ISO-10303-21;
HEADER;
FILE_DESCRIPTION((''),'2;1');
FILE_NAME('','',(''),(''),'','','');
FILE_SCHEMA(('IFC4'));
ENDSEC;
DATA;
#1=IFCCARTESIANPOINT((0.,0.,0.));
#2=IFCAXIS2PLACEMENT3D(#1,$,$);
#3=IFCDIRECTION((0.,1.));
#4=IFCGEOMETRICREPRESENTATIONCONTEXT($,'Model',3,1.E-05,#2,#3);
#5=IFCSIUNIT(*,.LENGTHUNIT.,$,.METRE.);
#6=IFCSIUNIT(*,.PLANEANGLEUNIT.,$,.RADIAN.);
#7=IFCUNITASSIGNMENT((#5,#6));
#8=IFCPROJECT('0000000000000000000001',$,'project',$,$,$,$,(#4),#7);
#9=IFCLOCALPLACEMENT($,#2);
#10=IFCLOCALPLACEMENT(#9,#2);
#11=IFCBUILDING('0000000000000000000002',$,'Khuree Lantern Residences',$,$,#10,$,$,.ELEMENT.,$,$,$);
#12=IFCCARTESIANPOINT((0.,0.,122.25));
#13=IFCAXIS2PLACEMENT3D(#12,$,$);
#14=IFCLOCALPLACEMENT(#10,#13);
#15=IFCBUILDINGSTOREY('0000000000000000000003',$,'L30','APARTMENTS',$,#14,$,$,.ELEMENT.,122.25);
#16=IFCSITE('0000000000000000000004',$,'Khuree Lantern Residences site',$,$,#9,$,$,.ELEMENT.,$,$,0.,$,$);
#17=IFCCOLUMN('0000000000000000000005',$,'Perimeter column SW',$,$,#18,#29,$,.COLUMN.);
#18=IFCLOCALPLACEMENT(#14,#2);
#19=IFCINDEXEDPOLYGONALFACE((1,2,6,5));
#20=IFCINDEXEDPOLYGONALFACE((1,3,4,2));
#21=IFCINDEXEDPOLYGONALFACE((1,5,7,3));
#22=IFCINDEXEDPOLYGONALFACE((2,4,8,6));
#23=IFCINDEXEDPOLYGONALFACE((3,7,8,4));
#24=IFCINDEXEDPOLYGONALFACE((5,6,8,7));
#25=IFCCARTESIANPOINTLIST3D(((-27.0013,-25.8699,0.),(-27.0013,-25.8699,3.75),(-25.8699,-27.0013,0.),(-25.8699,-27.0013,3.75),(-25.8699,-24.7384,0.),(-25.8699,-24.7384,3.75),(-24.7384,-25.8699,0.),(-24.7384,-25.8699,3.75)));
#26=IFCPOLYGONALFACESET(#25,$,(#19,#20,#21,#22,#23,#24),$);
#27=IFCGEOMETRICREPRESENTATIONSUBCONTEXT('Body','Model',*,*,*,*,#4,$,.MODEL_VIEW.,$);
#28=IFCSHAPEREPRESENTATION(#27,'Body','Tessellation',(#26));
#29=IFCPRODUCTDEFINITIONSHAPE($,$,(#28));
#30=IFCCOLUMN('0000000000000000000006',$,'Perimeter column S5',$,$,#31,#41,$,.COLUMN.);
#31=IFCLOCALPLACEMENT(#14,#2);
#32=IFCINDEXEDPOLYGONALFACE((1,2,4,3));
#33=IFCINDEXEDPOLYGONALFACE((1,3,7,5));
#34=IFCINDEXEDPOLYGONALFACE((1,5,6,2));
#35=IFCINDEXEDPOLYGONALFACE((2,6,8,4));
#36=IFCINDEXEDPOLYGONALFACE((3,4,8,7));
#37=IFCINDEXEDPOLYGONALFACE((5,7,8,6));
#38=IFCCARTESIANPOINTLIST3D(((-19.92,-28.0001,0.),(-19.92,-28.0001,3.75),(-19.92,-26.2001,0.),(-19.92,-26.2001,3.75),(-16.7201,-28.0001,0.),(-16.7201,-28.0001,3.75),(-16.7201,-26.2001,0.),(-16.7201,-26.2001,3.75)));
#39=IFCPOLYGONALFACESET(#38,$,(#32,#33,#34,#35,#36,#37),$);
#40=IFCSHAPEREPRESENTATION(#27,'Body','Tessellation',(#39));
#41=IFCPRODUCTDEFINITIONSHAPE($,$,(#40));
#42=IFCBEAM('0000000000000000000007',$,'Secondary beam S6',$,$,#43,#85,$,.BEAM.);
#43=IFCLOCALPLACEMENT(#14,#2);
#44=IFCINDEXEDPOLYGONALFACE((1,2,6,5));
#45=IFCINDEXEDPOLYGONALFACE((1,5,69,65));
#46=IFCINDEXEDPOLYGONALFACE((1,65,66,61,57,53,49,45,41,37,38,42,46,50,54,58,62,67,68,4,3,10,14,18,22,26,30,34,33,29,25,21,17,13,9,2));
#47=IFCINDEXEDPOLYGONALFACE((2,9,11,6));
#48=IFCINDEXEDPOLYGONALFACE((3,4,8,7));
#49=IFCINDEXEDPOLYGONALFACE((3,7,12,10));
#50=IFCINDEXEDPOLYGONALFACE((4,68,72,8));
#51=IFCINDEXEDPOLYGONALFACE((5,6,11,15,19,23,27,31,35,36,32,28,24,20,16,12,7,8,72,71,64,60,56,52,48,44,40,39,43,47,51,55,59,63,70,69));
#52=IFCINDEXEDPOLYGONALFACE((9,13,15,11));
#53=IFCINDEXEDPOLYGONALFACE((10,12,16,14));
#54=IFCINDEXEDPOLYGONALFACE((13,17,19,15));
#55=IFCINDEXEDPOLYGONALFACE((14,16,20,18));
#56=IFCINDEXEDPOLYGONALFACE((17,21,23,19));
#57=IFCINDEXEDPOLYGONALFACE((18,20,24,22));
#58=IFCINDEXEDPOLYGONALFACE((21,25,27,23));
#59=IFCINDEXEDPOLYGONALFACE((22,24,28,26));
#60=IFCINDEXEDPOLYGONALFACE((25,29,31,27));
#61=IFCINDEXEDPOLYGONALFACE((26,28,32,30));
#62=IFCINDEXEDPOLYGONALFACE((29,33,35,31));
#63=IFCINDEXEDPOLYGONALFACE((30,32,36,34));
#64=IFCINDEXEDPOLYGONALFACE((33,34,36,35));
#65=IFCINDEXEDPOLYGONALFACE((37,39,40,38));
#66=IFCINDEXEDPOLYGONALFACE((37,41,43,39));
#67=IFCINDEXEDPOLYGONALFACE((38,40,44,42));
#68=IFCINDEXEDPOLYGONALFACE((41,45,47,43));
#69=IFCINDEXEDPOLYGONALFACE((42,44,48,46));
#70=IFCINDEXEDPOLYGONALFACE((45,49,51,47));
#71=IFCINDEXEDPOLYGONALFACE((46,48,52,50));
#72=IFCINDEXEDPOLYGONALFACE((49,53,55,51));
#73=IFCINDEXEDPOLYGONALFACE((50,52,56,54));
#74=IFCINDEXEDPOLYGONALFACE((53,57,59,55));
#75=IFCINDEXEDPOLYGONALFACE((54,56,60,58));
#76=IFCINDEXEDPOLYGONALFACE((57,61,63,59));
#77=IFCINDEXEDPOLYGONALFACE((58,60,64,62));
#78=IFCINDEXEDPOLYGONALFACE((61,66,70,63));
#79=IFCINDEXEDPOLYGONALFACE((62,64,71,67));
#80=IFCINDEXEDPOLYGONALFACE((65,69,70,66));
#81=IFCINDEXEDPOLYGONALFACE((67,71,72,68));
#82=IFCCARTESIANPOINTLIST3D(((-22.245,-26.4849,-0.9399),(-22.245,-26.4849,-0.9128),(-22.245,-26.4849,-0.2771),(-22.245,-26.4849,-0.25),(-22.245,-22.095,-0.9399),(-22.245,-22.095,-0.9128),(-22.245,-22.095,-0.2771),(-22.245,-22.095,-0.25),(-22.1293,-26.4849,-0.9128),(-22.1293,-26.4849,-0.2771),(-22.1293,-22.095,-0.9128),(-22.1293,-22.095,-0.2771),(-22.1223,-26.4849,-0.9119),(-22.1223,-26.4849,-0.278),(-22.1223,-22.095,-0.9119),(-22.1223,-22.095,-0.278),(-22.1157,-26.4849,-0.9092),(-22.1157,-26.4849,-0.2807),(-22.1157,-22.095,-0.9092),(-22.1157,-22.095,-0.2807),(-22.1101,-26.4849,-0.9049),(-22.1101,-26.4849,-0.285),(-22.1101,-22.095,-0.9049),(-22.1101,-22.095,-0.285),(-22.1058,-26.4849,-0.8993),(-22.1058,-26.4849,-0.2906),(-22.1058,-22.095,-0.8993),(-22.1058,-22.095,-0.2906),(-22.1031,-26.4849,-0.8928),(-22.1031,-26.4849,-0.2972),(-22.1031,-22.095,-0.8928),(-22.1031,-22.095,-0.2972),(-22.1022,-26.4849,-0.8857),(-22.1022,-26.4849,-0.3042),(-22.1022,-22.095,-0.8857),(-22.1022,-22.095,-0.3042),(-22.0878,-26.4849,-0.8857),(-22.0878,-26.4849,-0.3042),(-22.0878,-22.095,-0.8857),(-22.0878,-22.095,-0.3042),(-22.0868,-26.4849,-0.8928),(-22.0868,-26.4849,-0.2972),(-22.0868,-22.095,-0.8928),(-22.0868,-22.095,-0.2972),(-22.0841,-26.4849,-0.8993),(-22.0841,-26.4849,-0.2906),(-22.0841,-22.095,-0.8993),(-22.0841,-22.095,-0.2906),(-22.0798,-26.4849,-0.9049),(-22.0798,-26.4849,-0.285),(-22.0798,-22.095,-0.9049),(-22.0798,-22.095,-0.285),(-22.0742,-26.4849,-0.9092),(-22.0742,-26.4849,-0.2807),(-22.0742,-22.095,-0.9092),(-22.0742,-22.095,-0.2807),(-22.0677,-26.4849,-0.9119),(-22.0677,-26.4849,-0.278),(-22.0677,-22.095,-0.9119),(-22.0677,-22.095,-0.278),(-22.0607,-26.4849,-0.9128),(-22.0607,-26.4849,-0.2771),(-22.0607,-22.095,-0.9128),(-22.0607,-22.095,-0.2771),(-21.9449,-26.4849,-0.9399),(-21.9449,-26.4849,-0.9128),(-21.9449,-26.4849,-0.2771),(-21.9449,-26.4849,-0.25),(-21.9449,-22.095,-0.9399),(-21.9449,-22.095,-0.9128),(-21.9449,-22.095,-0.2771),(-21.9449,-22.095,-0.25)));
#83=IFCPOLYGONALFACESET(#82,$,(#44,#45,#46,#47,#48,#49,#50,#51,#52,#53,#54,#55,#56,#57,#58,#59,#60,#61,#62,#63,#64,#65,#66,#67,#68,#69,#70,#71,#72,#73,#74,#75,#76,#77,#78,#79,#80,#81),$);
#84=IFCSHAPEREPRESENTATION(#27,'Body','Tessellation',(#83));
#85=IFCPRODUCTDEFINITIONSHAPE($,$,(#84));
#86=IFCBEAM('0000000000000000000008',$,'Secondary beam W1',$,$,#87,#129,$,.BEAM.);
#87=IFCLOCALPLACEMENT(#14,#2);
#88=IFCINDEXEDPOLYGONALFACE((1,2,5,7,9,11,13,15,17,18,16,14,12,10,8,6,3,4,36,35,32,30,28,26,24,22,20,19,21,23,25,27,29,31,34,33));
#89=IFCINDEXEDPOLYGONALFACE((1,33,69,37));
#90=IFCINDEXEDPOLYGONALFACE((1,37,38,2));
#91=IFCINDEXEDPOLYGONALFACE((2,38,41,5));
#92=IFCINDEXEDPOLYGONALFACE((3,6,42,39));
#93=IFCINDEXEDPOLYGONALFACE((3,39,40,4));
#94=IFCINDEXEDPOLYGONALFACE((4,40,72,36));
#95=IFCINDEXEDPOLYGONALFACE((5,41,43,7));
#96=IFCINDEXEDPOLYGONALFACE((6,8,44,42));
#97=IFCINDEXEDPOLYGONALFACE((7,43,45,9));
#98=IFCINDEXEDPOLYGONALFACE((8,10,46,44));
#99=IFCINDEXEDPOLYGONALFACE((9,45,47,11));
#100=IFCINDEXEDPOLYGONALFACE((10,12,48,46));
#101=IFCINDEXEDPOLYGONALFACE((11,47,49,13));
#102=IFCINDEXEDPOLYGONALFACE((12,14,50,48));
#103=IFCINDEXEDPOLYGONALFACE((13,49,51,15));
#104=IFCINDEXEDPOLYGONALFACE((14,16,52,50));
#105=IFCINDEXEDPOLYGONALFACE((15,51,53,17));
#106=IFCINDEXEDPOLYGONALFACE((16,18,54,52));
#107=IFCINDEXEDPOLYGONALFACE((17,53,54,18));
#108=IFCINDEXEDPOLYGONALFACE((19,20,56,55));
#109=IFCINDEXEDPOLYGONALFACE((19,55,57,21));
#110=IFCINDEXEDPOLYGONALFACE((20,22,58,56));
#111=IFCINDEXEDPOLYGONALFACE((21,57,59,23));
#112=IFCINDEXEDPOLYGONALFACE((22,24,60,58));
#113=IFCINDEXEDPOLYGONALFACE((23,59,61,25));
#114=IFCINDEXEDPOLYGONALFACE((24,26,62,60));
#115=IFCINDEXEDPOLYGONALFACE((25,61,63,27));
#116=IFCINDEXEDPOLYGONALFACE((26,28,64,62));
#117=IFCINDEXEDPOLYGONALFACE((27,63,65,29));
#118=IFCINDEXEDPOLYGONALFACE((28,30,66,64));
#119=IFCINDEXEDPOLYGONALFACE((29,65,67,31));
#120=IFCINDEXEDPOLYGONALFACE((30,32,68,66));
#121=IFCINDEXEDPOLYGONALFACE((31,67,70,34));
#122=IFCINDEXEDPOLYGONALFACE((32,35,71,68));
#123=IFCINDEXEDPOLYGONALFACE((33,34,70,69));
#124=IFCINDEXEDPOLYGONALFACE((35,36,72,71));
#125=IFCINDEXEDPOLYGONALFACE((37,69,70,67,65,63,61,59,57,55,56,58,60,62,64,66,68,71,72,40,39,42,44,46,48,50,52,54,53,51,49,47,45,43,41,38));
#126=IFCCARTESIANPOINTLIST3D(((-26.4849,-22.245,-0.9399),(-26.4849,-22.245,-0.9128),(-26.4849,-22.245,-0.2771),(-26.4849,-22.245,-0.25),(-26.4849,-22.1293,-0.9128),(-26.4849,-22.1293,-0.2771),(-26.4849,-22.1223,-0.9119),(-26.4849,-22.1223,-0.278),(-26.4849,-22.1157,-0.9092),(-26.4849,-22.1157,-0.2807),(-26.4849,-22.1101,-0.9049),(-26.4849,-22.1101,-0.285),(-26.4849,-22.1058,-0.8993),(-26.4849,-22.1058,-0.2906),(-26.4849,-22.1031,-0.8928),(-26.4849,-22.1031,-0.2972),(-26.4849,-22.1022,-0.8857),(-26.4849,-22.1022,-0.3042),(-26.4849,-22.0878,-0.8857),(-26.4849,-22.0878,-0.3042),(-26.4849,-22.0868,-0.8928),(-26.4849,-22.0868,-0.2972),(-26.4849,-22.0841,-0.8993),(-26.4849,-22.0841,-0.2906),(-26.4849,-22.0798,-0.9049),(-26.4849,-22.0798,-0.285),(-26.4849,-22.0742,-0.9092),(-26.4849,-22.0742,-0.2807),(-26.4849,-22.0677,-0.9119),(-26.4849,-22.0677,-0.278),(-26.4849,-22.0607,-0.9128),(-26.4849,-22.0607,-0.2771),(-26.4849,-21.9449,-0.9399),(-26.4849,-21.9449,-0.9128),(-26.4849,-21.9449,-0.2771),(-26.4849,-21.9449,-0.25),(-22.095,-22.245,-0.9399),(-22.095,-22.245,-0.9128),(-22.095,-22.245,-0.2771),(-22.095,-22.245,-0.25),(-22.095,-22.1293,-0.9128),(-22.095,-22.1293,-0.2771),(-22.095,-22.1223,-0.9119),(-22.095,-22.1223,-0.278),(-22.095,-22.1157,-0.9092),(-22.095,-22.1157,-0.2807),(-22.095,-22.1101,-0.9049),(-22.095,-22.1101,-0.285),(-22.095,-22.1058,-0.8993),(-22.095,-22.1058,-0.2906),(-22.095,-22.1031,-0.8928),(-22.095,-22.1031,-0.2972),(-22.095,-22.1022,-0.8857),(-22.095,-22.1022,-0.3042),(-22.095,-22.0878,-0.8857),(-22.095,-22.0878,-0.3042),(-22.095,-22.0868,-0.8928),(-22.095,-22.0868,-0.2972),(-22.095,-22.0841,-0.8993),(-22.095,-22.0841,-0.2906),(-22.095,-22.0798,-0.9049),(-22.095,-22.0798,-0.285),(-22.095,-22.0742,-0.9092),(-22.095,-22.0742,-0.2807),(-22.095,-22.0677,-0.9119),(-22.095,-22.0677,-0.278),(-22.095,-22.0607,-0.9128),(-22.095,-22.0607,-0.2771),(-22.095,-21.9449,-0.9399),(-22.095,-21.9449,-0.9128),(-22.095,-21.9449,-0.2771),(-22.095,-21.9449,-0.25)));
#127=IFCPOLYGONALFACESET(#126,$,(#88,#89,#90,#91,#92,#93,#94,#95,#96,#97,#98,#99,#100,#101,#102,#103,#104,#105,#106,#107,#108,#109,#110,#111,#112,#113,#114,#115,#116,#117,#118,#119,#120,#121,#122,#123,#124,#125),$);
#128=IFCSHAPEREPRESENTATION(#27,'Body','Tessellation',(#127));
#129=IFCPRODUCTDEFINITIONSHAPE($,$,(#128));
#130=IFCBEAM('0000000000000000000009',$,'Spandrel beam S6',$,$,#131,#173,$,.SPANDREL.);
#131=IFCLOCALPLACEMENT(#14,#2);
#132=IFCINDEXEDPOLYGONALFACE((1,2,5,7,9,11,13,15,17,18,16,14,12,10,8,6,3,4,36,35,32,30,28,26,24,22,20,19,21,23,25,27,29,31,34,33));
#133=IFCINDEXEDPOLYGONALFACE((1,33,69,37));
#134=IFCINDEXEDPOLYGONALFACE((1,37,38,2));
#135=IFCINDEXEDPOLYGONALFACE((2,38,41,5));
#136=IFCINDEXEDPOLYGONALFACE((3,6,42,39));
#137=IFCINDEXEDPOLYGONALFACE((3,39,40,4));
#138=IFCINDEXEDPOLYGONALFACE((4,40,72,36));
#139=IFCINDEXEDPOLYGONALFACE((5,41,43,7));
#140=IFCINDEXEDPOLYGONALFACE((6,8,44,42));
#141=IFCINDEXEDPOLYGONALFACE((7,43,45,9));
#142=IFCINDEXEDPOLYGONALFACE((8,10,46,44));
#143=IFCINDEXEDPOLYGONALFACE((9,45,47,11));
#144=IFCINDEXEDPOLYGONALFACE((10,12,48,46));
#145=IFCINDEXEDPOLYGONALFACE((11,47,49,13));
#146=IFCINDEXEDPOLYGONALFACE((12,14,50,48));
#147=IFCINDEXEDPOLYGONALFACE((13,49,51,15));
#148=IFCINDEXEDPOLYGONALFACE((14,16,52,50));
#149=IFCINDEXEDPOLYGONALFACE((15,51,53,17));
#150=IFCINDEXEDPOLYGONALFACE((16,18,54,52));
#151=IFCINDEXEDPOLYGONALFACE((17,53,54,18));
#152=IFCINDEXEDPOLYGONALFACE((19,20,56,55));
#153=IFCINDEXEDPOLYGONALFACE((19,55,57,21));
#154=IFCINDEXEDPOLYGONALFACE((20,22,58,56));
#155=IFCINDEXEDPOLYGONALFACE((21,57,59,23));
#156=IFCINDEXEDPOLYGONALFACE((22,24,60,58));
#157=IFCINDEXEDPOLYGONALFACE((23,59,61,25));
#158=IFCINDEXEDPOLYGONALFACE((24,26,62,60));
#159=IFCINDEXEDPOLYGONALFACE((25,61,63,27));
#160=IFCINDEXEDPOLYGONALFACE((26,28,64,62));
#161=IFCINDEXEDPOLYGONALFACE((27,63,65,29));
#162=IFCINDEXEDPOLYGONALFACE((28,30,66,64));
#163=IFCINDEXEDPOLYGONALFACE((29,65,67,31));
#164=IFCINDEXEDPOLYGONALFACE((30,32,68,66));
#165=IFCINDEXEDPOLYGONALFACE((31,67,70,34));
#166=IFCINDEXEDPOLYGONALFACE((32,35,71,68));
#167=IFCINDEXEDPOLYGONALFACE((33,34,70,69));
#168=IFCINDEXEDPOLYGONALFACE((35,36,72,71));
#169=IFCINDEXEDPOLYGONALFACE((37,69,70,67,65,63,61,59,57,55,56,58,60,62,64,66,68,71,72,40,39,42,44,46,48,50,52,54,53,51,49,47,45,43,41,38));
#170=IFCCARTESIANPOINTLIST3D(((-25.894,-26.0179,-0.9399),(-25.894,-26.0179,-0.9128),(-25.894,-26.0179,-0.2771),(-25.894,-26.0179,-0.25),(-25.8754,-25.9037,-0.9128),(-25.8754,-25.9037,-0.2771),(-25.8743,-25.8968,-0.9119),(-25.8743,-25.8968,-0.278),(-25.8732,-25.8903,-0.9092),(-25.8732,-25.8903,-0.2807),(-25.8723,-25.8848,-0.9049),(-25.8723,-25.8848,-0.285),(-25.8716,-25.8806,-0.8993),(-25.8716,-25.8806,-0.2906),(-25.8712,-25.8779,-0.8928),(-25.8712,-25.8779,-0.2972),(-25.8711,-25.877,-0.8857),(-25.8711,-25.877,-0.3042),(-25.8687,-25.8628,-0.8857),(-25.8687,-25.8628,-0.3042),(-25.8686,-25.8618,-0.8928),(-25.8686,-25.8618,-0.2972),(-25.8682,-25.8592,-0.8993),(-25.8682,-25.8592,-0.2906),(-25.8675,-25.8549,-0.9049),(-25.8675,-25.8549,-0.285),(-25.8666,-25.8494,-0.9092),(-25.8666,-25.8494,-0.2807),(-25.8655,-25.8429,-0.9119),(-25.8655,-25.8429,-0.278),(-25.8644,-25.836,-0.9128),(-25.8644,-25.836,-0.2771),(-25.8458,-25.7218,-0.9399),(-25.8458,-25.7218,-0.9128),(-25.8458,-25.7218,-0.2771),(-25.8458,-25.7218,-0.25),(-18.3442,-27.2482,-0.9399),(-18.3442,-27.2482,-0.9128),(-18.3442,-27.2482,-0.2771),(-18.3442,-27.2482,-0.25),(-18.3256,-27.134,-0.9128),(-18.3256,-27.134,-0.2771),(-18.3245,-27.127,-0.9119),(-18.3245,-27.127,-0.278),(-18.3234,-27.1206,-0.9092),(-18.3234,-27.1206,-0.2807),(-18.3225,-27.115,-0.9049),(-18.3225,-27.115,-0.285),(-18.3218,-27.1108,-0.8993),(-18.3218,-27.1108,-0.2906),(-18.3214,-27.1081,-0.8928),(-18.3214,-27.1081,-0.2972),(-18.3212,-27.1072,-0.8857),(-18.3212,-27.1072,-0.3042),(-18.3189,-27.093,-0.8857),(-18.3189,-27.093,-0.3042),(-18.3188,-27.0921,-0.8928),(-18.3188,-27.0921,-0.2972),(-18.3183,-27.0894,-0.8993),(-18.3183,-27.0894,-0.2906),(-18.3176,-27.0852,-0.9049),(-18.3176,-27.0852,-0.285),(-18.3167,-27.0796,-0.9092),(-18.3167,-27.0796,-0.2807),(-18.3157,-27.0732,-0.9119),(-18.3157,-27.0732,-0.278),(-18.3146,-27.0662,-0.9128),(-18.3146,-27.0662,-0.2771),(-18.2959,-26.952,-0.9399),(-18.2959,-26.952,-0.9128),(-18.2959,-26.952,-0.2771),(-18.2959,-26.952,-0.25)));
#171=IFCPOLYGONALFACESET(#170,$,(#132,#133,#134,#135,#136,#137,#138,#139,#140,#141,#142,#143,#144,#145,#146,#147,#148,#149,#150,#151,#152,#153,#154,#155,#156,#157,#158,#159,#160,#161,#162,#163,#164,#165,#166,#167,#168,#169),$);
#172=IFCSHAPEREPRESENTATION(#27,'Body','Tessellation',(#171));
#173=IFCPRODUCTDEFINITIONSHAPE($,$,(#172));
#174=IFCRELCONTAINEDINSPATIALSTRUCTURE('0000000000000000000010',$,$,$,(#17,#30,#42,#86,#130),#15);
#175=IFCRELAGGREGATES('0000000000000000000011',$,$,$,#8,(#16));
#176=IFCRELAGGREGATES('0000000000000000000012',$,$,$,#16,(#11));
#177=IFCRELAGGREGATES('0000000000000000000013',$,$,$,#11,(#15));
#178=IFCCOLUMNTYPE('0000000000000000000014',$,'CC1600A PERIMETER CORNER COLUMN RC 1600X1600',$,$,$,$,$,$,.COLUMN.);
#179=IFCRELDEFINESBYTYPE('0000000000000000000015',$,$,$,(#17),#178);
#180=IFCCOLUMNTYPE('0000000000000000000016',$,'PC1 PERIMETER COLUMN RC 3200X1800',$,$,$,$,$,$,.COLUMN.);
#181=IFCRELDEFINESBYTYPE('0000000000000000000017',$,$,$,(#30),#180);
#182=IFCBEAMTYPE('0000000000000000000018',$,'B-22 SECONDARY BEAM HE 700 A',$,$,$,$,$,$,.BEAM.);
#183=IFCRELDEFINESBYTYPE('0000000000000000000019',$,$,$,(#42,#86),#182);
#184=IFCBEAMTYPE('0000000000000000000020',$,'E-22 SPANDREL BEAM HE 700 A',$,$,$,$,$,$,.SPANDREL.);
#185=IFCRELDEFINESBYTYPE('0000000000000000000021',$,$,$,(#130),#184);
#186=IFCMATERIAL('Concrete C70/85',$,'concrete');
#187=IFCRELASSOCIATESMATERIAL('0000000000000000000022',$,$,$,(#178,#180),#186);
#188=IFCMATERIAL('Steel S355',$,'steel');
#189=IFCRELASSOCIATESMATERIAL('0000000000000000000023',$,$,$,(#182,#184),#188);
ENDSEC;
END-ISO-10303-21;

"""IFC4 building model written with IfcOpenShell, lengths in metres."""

from ifc_helpers import new_model, si_unit, direction, frame, origin, origin_2d, place, context, subcontext, project, spatial, rectangle, i_section, extrude, material, material_profile, profile_set, type_object, element, save


model = new_model("IFC4")

# Units and contexts
model_context = context("Model", 3, precision=1e-05, world=origin(), true_north=direction((0.0, 1.0)))
body_context = subcontext(model_context, "Body", "Model", "MODEL_VIEW")
ifc_project = project(units=[si_unit("LENGTHUNIT", "METRE"), si_unit("PLANEANGLEUNIT", "RADIAN")], contexts=[model_context])

# Site, building, storey
site_placement = place(None, origin())
site = spatial("IfcSite", under=ifc_project, at=site_placement, Name="Khuree Lantern Residences site", CompositionType="ELEMENT", RefElevation=0.0)
building_placement = place(site_placement, origin())
building = spatial("IfcBuilding", under=site, at=building_placement, Name="Khuree Lantern Residences", CompositionType="ELEMENT")
storey_placement = place(building_placement, frame((0.0, 0.0, 122.25)))
storey = spatial("IfcBuildingStorey", under=building, at=storey_placement, Name="L30", Description="APARTMENTS", CompositionType="ELEMENT", Elevation=122.25)

# Columns
ifc_material_1 = material(Name="Concrete C70/85", Category="concrete")
ifc_material_profile_1 = material_profile(ifc_material_1, rectangle(XDim=1.6001, YDim=1.6001, at=origin_2d()), Name="RC 1600X1600")
ifc_profile_set_1 = profile_set([ifc_material_profile_1], Name="Concrete C70/85")
column_type_1 = type_object("IfcColumnType", Name="CC1600A PERIMETER CORNER COLUMN RC 1600X1600", PredefinedType="COLUMN", material=ifc_profile_set_1)
column_1_placement = place(storey_placement, frame((-25.8699, -25.8699, 0.0), z_axis=(0.0, 0.0, 1.0), x_axis=(0.707107, -0.707107, 0.0)))
element("IfcColumn", 1, at=column_1_placement, inside=storey, type_object=column_type_1, Name="Perimeter column SW", PredefinedType="COLUMN", context=body_context, shape_type="SweptSolid", body=[
    extrude(rectangle(XDim=1.6001, YDim=1.6001, at=origin_2d()), origin(), (0.0, 0.0, 1.0), 3.75),
])
ifc_material_profile_2 = material_profile(ifc_material_1, rectangle(XDim=3.2, YDim=1.8, at=origin_2d()), Name="RC 3200X1800")
ifc_profile_set_2 = profile_set([ifc_material_profile_2], Name="Concrete C70/85")
column_type_2 = type_object("IfcColumnType", Name="PC1 PERIMETER COLUMN RC 3200X1800", PredefinedType="COLUMN", material=ifc_profile_set_2)
column_2_placement = place(storey_placement, frame((-18.3201, -27.1001, 0.0), z_axis=(0.0, 0.0, 1.0), x_axis=(1.0, 0.0, 0.0)))
element("IfcColumn", 2, at=column_2_placement, inside=storey, type_object=column_type_2, Name="Perimeter column S5", PredefinedType="COLUMN", context=body_context, shape_type="SweptSolid", body=[
    extrude(rectangle(XDim=3.2, YDim=1.8, at=origin_2d()), origin(), (0.0, 0.0, 1.0), 3.75),
])

# Beams
ifc_material_2 = material(Name="Steel S355", Category="steel")
ifc_material_profile_3 = material_profile(ifc_material_2, i_section(OverallWidth=0.3, OverallDepth=0.6899, WebThickness=0.0144, FlangeThickness=0.0271, FilletRadius=0.0271, at=origin_2d()), Name="HE 700 A")
ifc_profile_set_3 = profile_set([ifc_material_profile_3], Name="Steel S355")
beam_type_1 = type_object("IfcBeamType", Name="B-22 SECONDARY BEAM HE 700 A", PredefinedType="BEAM", material=ifc_profile_set_3)
for number, where, z_axis, x_axis, name in (
    (3, (-22.095, -26.4849, -0.595), (0.0, 1.0, 0.0), (-1.0, 0.0, 0.0), "Secondary beam S6"),
    (4, (-26.4849, -22.095, -0.595), (1.0, 0.0, 0.0), (0.0, 1.0, 0.0), "Secondary beam W1"),
):
    element("IfcBeam", number, at=place(storey_placement, frame(where, z_axis=z_axis, x_axis=x_axis)), inside=storey, type_object=beam_type_1, Name=name, PredefinedType="BEAM", context=body_context, shape_type="SweptSolid", body=[
        extrude(i_section(OverallWidth=0.3, OverallDepth=0.6899, WebThickness=0.0144, FlangeThickness=0.0271, FilletRadius=0.0271, at=origin_2d()), origin(), (0.0, 0.0, 1.0), 4.3899),
    ])
ifc_material_profile_4 = material_profile(ifc_material_2, i_section(OverallWidth=0.3, OverallDepth=0.6899, WebThickness=0.0144, FlangeThickness=0.0271, FilletRadius=0.0271, at=origin_2d()), Name="HE 700 A")
ifc_profile_set_4 = profile_set([ifc_material_profile_4], Name="Steel S355")
beam_type_2 = type_object("IfcBeamType", Name="E-22 SPANDREL BEAM HE 700 A", PredefinedType="SPANDREL", material=ifc_profile_set_4)
for number, where, z_axis, x_axis, name in (
    (5, (-18.3201, -27.1001, -0.595), (-0.986983, 0.160827, 0.0), (-0.160827, -0.986983, 0.0), "Spandrel beam S6"),
):
    element("IfcBeam", number, at=place(storey_placement, frame(where, z_axis=z_axis, x_axis=x_axis)), inside=storey, type_object=beam_type_2, Name=name, PredefinedType="SPANDREL", context=body_context, shape_type="SweptSolid", body=[
        extrude(i_section(OverallWidth=0.3, OverallDepth=0.6899, WebThickness=0.0144, FlangeThickness=0.0271, FilletRadius=0.0271, at=origin_2d()), origin(), (0.0, 0.0, 1.0), 7.6494),
    ])

save(model, "model.ifc")
